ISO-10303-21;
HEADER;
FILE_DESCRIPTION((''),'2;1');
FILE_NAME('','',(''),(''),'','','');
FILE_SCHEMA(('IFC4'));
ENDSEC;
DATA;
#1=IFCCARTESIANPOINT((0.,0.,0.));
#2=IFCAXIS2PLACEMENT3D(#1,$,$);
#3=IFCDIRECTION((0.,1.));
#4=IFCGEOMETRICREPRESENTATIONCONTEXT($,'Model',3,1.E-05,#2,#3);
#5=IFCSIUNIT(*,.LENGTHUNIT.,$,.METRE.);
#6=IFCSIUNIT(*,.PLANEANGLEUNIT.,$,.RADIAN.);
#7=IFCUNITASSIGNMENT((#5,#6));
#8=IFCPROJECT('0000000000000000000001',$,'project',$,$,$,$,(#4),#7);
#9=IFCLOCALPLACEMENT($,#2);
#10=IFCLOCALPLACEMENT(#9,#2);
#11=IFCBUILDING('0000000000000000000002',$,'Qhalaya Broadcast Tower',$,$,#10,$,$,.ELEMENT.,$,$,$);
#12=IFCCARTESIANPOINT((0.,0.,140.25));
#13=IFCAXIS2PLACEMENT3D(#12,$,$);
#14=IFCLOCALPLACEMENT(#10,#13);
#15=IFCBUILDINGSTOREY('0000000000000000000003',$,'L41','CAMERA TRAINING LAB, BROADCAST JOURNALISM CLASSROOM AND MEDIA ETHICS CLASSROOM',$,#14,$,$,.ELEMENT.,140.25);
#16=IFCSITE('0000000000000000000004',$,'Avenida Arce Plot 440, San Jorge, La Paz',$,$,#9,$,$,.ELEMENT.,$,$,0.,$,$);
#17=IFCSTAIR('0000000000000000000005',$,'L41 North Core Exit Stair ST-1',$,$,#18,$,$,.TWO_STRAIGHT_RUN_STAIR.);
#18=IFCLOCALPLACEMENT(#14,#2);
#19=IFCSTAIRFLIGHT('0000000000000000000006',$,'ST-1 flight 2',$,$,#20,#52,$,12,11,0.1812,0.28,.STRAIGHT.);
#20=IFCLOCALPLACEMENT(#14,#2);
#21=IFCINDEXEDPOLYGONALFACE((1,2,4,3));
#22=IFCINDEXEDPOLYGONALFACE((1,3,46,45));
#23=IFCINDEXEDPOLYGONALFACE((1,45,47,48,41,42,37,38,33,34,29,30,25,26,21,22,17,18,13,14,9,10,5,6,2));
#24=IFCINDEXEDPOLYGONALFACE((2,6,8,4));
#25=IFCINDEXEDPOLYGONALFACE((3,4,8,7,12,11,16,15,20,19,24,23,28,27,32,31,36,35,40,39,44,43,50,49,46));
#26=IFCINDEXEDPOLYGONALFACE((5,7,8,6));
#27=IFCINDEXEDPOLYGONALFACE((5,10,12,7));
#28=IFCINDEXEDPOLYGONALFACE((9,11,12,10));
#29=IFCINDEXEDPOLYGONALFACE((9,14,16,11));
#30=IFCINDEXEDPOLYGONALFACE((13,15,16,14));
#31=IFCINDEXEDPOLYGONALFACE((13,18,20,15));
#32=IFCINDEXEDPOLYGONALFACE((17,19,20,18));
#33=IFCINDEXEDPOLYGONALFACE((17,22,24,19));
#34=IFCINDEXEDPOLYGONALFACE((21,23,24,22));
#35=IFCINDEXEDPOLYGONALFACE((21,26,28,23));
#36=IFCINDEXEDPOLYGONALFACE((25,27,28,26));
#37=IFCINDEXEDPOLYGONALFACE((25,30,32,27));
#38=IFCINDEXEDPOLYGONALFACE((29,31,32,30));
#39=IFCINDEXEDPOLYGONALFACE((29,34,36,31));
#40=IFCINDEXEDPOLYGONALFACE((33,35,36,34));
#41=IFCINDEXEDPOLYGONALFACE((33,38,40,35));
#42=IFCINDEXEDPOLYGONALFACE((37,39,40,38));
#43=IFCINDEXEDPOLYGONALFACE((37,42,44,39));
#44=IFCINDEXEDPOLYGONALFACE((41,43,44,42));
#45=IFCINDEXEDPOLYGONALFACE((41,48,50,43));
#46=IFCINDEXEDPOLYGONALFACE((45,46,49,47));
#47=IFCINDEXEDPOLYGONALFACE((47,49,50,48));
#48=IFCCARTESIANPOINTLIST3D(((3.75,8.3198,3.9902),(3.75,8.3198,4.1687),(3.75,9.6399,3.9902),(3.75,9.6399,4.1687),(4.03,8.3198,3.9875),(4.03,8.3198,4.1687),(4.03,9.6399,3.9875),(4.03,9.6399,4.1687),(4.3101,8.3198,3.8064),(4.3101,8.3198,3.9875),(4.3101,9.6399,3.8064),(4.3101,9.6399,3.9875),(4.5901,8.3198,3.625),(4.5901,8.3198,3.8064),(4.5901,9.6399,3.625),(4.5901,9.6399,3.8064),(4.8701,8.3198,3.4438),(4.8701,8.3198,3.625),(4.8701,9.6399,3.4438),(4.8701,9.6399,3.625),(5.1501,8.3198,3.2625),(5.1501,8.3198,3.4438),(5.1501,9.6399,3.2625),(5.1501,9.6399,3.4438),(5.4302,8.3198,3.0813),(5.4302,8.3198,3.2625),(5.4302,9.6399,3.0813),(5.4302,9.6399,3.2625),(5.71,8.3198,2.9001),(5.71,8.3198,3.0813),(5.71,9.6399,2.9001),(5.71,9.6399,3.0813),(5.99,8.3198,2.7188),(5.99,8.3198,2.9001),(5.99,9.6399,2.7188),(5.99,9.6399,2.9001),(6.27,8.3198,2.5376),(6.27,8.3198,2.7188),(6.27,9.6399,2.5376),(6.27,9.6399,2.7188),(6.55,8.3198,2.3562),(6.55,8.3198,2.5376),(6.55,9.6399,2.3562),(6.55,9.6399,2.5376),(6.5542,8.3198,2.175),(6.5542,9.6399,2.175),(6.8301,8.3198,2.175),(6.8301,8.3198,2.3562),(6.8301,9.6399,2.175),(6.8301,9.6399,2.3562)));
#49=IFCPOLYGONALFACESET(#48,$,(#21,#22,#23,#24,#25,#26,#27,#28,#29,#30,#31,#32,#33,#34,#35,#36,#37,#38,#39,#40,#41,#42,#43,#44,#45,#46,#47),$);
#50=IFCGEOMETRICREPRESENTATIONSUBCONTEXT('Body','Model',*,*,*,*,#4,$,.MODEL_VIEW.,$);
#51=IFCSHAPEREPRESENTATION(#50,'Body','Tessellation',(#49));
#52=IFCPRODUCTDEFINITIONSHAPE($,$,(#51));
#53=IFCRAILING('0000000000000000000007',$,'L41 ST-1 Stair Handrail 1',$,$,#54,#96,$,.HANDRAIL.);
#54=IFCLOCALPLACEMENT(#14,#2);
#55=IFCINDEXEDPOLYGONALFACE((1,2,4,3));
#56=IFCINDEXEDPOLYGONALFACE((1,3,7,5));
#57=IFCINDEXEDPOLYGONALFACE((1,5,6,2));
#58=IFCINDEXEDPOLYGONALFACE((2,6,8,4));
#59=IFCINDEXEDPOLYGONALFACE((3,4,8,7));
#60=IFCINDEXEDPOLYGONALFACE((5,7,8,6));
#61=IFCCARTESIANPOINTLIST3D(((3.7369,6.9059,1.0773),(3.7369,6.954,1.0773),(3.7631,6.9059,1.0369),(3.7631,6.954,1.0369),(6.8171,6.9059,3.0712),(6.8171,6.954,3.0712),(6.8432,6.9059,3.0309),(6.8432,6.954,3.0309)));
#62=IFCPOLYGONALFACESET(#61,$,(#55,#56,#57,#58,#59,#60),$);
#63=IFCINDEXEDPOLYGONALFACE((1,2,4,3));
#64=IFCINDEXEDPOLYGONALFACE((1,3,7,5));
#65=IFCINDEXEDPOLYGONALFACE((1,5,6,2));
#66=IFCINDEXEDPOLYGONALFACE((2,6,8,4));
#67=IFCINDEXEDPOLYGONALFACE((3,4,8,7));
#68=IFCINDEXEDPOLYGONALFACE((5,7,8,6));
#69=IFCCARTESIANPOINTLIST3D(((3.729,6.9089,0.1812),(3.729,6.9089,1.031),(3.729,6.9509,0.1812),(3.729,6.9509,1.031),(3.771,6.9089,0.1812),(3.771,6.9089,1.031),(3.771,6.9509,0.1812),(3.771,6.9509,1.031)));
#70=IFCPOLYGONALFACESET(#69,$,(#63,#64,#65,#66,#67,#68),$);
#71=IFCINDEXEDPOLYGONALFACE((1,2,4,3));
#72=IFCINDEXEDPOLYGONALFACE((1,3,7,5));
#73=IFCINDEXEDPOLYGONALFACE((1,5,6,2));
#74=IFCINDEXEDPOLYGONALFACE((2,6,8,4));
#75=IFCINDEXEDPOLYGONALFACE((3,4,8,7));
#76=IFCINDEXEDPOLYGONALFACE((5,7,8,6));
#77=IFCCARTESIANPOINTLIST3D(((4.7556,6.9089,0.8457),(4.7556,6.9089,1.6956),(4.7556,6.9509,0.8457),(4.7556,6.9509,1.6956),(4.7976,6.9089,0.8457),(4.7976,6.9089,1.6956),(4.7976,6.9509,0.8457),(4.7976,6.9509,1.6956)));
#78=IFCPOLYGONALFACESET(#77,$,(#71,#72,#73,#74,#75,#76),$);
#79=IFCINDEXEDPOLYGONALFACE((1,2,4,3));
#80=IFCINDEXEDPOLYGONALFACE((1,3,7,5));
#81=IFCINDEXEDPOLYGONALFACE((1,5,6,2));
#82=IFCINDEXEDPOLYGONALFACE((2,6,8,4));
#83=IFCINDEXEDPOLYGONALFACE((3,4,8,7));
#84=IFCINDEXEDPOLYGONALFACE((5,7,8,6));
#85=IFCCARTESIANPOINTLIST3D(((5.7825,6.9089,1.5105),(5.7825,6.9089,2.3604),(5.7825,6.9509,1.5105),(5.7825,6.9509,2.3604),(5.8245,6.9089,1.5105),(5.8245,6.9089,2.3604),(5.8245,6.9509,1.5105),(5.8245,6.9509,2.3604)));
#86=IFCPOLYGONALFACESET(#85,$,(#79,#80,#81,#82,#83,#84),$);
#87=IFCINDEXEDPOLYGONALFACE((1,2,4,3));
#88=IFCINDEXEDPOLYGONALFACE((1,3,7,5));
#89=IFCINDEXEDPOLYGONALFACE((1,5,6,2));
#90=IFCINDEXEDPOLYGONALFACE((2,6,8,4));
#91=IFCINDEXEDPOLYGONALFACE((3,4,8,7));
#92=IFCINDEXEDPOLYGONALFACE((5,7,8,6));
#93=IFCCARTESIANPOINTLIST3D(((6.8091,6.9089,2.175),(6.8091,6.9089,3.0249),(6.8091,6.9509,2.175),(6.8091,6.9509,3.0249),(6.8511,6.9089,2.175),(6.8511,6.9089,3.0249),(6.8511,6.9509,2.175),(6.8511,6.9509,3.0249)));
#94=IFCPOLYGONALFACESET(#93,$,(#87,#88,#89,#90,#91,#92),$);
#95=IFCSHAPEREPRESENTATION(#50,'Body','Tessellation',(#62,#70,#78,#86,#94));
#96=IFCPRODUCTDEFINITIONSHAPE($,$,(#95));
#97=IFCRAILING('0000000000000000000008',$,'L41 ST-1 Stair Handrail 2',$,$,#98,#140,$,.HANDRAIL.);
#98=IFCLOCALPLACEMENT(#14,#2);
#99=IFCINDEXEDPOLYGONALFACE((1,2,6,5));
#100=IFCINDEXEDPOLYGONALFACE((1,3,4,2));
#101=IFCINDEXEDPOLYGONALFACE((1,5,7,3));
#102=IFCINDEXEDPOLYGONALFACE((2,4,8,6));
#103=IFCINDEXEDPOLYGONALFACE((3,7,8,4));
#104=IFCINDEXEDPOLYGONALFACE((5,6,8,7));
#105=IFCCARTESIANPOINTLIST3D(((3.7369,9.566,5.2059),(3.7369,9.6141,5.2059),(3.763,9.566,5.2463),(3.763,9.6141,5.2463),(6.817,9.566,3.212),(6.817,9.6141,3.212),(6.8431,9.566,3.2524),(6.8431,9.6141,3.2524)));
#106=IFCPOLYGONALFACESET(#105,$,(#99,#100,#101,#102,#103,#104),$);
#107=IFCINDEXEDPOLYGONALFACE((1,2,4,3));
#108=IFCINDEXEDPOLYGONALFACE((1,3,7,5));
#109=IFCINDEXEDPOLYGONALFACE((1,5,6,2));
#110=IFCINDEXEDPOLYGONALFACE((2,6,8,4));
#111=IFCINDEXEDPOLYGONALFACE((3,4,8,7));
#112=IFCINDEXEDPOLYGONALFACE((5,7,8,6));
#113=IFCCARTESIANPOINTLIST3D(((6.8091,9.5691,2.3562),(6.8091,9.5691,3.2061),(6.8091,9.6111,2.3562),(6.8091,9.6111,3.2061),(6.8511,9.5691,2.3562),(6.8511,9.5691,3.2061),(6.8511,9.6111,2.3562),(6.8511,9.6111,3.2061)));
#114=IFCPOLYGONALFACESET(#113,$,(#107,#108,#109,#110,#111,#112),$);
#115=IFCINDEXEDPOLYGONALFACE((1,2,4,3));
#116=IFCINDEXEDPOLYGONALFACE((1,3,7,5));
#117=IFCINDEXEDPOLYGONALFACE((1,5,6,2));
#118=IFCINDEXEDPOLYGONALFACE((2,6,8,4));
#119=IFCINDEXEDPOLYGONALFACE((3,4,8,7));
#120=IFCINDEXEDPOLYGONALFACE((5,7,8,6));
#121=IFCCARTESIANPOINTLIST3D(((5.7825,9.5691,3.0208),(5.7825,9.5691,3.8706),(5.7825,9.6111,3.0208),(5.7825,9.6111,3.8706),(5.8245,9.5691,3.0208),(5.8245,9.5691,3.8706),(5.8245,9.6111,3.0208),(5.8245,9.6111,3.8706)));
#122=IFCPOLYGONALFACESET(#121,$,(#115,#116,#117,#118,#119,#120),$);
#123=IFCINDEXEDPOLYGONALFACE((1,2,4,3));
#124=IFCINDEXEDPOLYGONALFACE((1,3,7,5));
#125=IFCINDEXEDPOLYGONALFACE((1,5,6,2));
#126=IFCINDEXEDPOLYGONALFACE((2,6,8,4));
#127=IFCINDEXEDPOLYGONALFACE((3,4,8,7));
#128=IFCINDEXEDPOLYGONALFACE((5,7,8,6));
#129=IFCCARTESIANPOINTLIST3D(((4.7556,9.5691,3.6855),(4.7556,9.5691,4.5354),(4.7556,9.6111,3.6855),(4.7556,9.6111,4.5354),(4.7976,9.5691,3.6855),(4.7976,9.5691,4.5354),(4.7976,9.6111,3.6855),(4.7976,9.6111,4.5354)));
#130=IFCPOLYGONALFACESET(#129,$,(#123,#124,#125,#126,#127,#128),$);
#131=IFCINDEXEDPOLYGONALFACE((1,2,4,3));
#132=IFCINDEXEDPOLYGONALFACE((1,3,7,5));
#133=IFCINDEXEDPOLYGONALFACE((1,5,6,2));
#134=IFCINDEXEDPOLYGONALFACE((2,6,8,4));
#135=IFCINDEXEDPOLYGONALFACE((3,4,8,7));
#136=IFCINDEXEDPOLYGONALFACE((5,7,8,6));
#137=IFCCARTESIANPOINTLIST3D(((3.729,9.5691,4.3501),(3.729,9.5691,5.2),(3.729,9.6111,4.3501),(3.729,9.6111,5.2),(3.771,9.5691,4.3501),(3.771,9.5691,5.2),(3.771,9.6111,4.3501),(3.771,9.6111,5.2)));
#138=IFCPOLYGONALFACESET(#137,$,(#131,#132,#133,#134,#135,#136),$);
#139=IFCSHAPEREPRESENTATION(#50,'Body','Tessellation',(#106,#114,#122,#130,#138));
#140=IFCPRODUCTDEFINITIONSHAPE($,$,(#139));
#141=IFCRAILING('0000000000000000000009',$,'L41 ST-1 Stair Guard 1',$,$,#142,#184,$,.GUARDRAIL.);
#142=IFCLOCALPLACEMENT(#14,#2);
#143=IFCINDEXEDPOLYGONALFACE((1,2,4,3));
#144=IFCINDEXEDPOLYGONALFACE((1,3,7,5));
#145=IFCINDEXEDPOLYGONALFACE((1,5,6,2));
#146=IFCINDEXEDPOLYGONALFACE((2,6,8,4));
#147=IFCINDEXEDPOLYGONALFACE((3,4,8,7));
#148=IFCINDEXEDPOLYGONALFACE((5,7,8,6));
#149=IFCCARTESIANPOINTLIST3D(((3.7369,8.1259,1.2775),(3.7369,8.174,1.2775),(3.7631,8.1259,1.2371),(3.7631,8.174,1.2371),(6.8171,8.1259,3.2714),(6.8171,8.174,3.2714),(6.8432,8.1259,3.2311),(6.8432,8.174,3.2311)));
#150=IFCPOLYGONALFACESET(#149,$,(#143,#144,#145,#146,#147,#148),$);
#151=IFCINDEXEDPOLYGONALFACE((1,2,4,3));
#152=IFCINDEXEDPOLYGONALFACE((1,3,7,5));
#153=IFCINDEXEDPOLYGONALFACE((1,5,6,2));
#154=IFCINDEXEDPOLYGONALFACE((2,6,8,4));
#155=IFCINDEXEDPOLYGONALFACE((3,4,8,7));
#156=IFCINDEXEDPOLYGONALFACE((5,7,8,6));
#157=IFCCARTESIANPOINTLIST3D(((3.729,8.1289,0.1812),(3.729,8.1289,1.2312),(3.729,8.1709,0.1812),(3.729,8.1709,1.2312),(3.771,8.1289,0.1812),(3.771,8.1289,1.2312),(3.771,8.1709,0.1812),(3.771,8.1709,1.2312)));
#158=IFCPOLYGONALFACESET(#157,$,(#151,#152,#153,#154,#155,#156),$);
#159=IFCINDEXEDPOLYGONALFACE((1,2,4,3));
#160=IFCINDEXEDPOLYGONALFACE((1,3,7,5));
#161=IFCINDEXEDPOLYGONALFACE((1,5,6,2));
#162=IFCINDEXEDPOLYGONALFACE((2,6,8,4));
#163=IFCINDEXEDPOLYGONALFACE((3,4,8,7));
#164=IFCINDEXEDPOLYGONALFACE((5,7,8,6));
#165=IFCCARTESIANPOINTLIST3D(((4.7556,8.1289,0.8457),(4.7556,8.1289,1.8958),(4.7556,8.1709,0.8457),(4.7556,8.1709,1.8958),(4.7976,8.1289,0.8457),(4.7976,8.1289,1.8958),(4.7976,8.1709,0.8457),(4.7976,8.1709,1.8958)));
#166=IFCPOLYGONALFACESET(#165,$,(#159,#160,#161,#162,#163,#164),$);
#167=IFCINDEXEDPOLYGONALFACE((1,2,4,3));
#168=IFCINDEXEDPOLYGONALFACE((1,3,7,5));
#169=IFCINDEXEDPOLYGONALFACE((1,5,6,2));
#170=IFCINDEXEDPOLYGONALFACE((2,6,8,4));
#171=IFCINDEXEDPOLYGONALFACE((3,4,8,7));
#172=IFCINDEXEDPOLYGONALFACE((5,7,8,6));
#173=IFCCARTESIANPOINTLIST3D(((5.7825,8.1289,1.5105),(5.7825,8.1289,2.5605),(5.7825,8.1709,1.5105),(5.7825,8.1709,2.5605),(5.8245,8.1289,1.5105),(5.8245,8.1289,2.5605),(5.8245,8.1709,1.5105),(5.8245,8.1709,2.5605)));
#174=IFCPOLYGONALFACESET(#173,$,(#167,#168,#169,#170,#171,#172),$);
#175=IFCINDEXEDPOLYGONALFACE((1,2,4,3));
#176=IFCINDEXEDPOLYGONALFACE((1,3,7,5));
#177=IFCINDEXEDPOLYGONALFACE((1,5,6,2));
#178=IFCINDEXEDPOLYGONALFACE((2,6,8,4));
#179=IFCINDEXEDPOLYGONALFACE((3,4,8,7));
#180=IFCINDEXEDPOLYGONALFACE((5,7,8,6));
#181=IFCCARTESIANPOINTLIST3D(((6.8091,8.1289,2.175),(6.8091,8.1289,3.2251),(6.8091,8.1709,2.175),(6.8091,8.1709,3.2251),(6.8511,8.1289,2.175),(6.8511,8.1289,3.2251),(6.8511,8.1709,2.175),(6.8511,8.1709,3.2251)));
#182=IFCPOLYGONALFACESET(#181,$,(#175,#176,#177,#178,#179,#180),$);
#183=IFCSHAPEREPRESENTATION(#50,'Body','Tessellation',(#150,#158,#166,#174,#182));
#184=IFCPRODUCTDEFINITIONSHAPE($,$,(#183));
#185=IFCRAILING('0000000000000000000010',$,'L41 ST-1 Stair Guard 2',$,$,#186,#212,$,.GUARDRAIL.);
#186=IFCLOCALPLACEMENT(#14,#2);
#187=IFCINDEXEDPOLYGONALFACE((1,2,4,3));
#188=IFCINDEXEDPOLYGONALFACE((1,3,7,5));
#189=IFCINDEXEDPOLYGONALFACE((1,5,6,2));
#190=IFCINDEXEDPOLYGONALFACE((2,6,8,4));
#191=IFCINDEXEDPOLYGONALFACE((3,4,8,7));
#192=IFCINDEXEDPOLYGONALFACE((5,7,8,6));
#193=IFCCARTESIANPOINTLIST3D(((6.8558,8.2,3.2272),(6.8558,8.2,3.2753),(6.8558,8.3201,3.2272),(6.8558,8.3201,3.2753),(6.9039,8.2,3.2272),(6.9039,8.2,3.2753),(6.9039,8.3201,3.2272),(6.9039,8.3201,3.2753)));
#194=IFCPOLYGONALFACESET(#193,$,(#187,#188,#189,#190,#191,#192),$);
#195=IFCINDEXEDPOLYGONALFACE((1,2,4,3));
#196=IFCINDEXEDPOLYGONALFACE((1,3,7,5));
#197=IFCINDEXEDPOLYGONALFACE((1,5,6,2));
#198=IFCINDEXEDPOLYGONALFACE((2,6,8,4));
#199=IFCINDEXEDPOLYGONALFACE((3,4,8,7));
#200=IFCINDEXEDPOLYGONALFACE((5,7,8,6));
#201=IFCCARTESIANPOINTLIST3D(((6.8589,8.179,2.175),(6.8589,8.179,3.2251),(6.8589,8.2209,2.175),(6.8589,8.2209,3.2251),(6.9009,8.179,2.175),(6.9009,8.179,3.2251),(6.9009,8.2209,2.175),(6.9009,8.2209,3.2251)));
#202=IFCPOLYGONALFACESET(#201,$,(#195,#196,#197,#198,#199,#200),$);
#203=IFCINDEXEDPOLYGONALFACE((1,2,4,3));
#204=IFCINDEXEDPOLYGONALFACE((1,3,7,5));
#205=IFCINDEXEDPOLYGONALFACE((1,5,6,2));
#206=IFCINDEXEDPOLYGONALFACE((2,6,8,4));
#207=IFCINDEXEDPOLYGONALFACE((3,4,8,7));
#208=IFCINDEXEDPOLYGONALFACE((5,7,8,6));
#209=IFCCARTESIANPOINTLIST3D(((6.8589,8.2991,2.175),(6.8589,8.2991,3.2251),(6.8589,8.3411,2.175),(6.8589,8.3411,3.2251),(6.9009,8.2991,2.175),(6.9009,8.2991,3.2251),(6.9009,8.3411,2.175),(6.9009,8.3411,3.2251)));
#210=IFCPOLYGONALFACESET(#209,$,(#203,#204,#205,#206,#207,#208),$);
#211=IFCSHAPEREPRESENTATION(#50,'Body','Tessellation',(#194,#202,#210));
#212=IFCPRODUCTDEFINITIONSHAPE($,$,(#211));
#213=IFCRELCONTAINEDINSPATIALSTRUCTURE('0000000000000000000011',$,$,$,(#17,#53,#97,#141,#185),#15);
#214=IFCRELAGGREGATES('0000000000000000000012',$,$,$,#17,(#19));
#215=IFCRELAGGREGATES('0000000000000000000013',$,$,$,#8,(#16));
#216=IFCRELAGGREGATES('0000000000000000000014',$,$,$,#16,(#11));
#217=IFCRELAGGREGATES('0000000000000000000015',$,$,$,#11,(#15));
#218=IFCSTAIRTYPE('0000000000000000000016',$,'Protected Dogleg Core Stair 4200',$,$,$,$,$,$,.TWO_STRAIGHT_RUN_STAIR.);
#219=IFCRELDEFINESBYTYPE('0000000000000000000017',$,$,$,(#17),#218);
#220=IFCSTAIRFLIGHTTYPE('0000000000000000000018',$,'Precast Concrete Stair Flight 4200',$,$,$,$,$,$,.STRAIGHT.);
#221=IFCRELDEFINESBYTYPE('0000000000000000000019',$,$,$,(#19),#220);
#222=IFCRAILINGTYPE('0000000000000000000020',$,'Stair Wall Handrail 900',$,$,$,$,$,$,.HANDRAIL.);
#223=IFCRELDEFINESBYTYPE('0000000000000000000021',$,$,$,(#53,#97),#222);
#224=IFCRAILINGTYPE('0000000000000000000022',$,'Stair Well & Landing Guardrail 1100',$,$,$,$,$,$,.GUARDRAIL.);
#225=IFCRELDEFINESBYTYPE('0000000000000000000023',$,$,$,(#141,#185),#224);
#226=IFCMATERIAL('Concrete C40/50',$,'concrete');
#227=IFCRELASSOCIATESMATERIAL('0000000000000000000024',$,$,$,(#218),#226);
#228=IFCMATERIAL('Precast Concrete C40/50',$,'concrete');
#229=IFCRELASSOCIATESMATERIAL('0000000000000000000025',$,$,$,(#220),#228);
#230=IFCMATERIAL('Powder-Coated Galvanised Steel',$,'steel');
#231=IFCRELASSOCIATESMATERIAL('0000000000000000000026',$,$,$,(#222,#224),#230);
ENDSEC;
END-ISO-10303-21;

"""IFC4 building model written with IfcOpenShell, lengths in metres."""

from ifc_helpers import new_model, si_unit, direction, frame, origin, origin_2d, place, context, subcontext, project, spatial, polyline, rectangle, outline, extrude, material, type_object, element, aggregate, save


model = new_model("IFC4")

# Units and contexts
model_context = context("Model", 3, precision=1e-05, world=origin(), true_north=direction((0.0, 1.0)))
body_context = subcontext(model_context, "Body", "Model", "MODEL_VIEW")
ifc_project = project(units=[si_unit("LENGTHUNIT", "METRE"), si_unit("PLANEANGLEUNIT", "RADIAN")], contexts=[model_context])

# Site, building, storey
site_placement = place(None, origin())
site = spatial("IfcSite", under=ifc_project, at=site_placement, Name="Avenida Arce Plot 440, San Jorge, La Paz", CompositionType="ELEMENT", RefElevation=0.0)
building_placement = place(site_placement, origin())
building = spatial("IfcBuilding", under=site, at=building_placement, Name="Qhalaya Broadcast Tower", CompositionType="ELEMENT")
storey_placement = place(building_placement, frame((0.0, 0.0, 140.25)))
storey = spatial("IfcBuildingStorey", under=building, at=storey_placement, Name="L41", Description="CAMERA TRAINING LAB, BROADCAST JOURNALISM CLASSROOM AND MEDIA ETHICS CLASSROOM", CompositionType="ELEMENT", Elevation=140.25)

# Stair, stair flight
ifc_material_1 = material(Name="Concrete C40/50", Category="concrete")
stair_type = type_object("IfcStairType", Name="Protected Dogleg Core Stair 4200", PredefinedType="TWO_STRAIGHT_RUN_STAIR", material=ifc_material_1)
stair_placement = place(storey_placement, origin())
stair = element("IfcStair", 1, at=stair_placement, inside=storey, type_object=stair_type, Name="L41 North Core Exit Stair ST-1", PredefinedType="TWO_STRAIGHT_RUN_STAIR")
ifc_material_2 = material(Name="Precast Concrete C40/50", Category="concrete")
stair_flight_type = type_object("IfcStairFlightType", Name="Precast Concrete Stair Flight 4200", PredefinedType="STRAIGHT", material=ifc_material_2)
stair_flight_1_placement = place(storey_placement, frame((6.8301, 8.98, 2.175), z_axis=(0.0, 0.0, 1.0), x_axis=(-1.0, 0.0, 0.0)))
stair_flight_1 = element("IfcStairFlight", 2, at=stair_flight_1_placement, type_object=stair_flight_type, Name="ST-1 flight 2", NumberOfRisers=12, NumberOfTreads=11, PredefinedType="STRAIGHT", RiserHeight=0.1812, TreadLength=0.28, context=body_context, shape_type="SweptSolid", body=[
    extrude(outline(polyline([(0.0, 0.0), (0.0, 0.1812), (0.28, 0.1812), (0.28, 0.3625), (0.5601, 0.3625), (0.5601, 0.5437), (0.8401, 0.5437), (0.8401, 0.7251), (1.1201, 0.7251), (1.1201, 0.9062), (1.3999, 0.9062), (1.3999, 1.0874), (1.6799, 1.0874), (1.6799, 1.2688), (1.96, 1.2688), (1.96, 1.45), (2.24, 1.45), (2.24, 1.6313), (2.52, 1.6313), (2.52, 1.8125), (2.8, 1.8125), (2.8, 1.9937), (3.0801, 1.9937), (3.0801, 2.175), (3.0801, 1.8152), (0.2759, 0.0), (0.0, 0.0)])), frame((0.0, 0.6602, 0.0), z_axis=(0.0, -1.0, 0.0), x_axis=(1.0, 0.0, 0.0)), (0.0, 0.0, 1.0), 1.3201),
])
aggregate(stair, [stair_flight_1])

# Railings
ifc_material_3 = material(Name="Powder-Coated Galvanised Steel", Category="steel")
railing_type_1 = type_object("IfcRailingType", Name="Stair Wall Handrail 900", PredefinedType="HANDRAIL", material=ifc_material_3)
railing_1_placement = place(storey_placement, frame((3.75, 6.9299, 0.1812)))
element("IfcRailing", 3, at=railing_1_placement, inside=storey, type_object=railing_type_1, Name="L41 ST-1 Stair Handrail 1", PredefinedType="HANDRAIL", context=body_context, shape_type="SweptSolid", body=[
    extrude(rectangle(XDim=0.0481, YDim=0.0481, at=origin_2d()), frame((0.0, 0.0, 0.876), z_axis=(0.839458, 0.0, 0.543425), x_axis=(0.0, 1.0, 0.0)), (0.0, 0.0, 1.0), 3.6692),
    extrude(rectangle(XDim=0.042, YDim=0.042, at=origin_2d()), origin(), (0.0, 0.0, 1.0), 0.8499),
    extrude(rectangle(XDim=0.042, YDim=0.042, at=origin_2d()), frame((1.0266, 0.0, 0.6646)), (0.0, 0.0, 1.0), 0.8499),
    extrude(rectangle(XDim=0.042, YDim=0.042, at=origin_2d()), frame((2.0535, 0.0, 1.3293)), (0.0, 0.0, 1.0), 0.8499),
    extrude(rectangle(XDim=0.042, YDim=0.042, at=origin_2d()), frame((3.0801, 0.0, 1.9939)), (0.0, 0.0, 1.0), 0.8499),
])
railing_2_placement = place(storey_placement, frame((6.8301, 9.5901, 2.3562)))
element("IfcRailing", 4, at=railing_2_placement, inside=storey, type_object=railing_type_1, Name="L41 ST-1 Stair Handrail 2", PredefinedType="HANDRAIL", context=body_context, shape_type="SweptSolid", body=[
    extrude(rectangle(XDim=0.0481, YDim=0.0481, at=origin_2d()), frame((0.0, 0.0, 0.876), z_axis=(-0.839458, 0.0, 0.543425), x_axis=(0.0, -1.0, 0.0)), (0.0, 0.0, 1.0), 3.6692),
    extrude(rectangle(XDim=0.042, YDim=0.042, at=origin_2d()), origin(), (0.0, 0.0, 1.0), 0.8499),
    extrude(rectangle(XDim=0.042, YDim=0.042, at=origin_2d()), frame((-1.0266, 0.0, 0.6646)), (0.0, 0.0, 1.0), 0.8499),
    extrude(rectangle(XDim=0.042, YDim=0.042, at=origin_2d()), frame((-2.0535, 0.0, 1.3293)), (0.0, 0.0, 1.0), 0.8499),
    extrude(rectangle(XDim=0.042, YDim=0.042, at=origin_2d()), frame((-3.0801, 0.0, 1.9939)), (0.0, 0.0, 1.0), 0.8499),
])
railing_type_2 = type_object("IfcRailingType", Name="Stair Well & Landing Guardrail 1100", PredefinedType="GUARDRAIL", material=ifc_material_3)
railing_3_placement = place(storey_placement, frame((3.75, 8.1499, 0.1812)))
element("IfcRailing", 5, at=railing_3_placement, inside=storey, type_object=railing_type_2, Name="L41 ST-1 Stair Guard 1", PredefinedType="GUARDRAIL", context=body_context, shape_type="SweptSolid", body=[
    extrude(rectangle(XDim=0.0481, YDim=0.0481, at=origin_2d()), frame((0.0, 0.0, 1.0762), z_axis=(0.839458, 0.0, 0.543425), x_axis=(0.0, 1.0, 0.0)), (0.0, 0.0, 1.0), 3.6692),
    extrude(rectangle(XDim=0.042, YDim=0.042, at=origin_2d()), origin(), (0.0, 0.0, 1.0), 1.05),
    extrude(rectangle(XDim=0.042, YDim=0.042, at=origin_2d()), frame((1.0266, 0.0, 0.6646)), (0.0, 0.0, 1.0), 1.05),
    extrude(rectangle(XDim=0.042, YDim=0.042, at=origin_2d()), frame((2.0535, 0.0, 1.3293)), (0.0, 0.0, 1.0), 1.05),
    extrude(rectangle(XDim=0.042, YDim=0.042, at=origin_2d()), frame((3.0801, 0.0, 1.9939)), (0.0, 0.0, 1.0), 1.05),
])
railing_4_placement = place(storey_placement, frame((6.8799, 8.2, 2.175)))
element("IfcRailing", 6, at=railing_4_placement, inside=storey, type_object=railing_type_2, Name="L41 ST-1 Stair Guard 2", PredefinedType="GUARDRAIL", context=body_context, shape_type="SweptSolid", body=[
    extrude(rectangle(XDim=0.0481, YDim=0.0481, at=origin_2d()), frame((0.0, 0.0, 1.0762), z_axis=(0.0, 1.0, 0.0), x_axis=(-1.0, 0.0, 0.0)), (0.0, 0.0, 1.0), 0.1201),
    extrude(rectangle(XDim=0.042, YDim=0.042, at=origin_2d()), origin(), (0.0, 0.0, 1.0), 1.05),
    extrude(rectangle(XDim=0.042, YDim=0.042, at=origin_2d()), frame((0.0, 0.1201, 0.0)), (0.0, 0.0, 1.0), 1.05),
])

save(model, "model.ifc")
